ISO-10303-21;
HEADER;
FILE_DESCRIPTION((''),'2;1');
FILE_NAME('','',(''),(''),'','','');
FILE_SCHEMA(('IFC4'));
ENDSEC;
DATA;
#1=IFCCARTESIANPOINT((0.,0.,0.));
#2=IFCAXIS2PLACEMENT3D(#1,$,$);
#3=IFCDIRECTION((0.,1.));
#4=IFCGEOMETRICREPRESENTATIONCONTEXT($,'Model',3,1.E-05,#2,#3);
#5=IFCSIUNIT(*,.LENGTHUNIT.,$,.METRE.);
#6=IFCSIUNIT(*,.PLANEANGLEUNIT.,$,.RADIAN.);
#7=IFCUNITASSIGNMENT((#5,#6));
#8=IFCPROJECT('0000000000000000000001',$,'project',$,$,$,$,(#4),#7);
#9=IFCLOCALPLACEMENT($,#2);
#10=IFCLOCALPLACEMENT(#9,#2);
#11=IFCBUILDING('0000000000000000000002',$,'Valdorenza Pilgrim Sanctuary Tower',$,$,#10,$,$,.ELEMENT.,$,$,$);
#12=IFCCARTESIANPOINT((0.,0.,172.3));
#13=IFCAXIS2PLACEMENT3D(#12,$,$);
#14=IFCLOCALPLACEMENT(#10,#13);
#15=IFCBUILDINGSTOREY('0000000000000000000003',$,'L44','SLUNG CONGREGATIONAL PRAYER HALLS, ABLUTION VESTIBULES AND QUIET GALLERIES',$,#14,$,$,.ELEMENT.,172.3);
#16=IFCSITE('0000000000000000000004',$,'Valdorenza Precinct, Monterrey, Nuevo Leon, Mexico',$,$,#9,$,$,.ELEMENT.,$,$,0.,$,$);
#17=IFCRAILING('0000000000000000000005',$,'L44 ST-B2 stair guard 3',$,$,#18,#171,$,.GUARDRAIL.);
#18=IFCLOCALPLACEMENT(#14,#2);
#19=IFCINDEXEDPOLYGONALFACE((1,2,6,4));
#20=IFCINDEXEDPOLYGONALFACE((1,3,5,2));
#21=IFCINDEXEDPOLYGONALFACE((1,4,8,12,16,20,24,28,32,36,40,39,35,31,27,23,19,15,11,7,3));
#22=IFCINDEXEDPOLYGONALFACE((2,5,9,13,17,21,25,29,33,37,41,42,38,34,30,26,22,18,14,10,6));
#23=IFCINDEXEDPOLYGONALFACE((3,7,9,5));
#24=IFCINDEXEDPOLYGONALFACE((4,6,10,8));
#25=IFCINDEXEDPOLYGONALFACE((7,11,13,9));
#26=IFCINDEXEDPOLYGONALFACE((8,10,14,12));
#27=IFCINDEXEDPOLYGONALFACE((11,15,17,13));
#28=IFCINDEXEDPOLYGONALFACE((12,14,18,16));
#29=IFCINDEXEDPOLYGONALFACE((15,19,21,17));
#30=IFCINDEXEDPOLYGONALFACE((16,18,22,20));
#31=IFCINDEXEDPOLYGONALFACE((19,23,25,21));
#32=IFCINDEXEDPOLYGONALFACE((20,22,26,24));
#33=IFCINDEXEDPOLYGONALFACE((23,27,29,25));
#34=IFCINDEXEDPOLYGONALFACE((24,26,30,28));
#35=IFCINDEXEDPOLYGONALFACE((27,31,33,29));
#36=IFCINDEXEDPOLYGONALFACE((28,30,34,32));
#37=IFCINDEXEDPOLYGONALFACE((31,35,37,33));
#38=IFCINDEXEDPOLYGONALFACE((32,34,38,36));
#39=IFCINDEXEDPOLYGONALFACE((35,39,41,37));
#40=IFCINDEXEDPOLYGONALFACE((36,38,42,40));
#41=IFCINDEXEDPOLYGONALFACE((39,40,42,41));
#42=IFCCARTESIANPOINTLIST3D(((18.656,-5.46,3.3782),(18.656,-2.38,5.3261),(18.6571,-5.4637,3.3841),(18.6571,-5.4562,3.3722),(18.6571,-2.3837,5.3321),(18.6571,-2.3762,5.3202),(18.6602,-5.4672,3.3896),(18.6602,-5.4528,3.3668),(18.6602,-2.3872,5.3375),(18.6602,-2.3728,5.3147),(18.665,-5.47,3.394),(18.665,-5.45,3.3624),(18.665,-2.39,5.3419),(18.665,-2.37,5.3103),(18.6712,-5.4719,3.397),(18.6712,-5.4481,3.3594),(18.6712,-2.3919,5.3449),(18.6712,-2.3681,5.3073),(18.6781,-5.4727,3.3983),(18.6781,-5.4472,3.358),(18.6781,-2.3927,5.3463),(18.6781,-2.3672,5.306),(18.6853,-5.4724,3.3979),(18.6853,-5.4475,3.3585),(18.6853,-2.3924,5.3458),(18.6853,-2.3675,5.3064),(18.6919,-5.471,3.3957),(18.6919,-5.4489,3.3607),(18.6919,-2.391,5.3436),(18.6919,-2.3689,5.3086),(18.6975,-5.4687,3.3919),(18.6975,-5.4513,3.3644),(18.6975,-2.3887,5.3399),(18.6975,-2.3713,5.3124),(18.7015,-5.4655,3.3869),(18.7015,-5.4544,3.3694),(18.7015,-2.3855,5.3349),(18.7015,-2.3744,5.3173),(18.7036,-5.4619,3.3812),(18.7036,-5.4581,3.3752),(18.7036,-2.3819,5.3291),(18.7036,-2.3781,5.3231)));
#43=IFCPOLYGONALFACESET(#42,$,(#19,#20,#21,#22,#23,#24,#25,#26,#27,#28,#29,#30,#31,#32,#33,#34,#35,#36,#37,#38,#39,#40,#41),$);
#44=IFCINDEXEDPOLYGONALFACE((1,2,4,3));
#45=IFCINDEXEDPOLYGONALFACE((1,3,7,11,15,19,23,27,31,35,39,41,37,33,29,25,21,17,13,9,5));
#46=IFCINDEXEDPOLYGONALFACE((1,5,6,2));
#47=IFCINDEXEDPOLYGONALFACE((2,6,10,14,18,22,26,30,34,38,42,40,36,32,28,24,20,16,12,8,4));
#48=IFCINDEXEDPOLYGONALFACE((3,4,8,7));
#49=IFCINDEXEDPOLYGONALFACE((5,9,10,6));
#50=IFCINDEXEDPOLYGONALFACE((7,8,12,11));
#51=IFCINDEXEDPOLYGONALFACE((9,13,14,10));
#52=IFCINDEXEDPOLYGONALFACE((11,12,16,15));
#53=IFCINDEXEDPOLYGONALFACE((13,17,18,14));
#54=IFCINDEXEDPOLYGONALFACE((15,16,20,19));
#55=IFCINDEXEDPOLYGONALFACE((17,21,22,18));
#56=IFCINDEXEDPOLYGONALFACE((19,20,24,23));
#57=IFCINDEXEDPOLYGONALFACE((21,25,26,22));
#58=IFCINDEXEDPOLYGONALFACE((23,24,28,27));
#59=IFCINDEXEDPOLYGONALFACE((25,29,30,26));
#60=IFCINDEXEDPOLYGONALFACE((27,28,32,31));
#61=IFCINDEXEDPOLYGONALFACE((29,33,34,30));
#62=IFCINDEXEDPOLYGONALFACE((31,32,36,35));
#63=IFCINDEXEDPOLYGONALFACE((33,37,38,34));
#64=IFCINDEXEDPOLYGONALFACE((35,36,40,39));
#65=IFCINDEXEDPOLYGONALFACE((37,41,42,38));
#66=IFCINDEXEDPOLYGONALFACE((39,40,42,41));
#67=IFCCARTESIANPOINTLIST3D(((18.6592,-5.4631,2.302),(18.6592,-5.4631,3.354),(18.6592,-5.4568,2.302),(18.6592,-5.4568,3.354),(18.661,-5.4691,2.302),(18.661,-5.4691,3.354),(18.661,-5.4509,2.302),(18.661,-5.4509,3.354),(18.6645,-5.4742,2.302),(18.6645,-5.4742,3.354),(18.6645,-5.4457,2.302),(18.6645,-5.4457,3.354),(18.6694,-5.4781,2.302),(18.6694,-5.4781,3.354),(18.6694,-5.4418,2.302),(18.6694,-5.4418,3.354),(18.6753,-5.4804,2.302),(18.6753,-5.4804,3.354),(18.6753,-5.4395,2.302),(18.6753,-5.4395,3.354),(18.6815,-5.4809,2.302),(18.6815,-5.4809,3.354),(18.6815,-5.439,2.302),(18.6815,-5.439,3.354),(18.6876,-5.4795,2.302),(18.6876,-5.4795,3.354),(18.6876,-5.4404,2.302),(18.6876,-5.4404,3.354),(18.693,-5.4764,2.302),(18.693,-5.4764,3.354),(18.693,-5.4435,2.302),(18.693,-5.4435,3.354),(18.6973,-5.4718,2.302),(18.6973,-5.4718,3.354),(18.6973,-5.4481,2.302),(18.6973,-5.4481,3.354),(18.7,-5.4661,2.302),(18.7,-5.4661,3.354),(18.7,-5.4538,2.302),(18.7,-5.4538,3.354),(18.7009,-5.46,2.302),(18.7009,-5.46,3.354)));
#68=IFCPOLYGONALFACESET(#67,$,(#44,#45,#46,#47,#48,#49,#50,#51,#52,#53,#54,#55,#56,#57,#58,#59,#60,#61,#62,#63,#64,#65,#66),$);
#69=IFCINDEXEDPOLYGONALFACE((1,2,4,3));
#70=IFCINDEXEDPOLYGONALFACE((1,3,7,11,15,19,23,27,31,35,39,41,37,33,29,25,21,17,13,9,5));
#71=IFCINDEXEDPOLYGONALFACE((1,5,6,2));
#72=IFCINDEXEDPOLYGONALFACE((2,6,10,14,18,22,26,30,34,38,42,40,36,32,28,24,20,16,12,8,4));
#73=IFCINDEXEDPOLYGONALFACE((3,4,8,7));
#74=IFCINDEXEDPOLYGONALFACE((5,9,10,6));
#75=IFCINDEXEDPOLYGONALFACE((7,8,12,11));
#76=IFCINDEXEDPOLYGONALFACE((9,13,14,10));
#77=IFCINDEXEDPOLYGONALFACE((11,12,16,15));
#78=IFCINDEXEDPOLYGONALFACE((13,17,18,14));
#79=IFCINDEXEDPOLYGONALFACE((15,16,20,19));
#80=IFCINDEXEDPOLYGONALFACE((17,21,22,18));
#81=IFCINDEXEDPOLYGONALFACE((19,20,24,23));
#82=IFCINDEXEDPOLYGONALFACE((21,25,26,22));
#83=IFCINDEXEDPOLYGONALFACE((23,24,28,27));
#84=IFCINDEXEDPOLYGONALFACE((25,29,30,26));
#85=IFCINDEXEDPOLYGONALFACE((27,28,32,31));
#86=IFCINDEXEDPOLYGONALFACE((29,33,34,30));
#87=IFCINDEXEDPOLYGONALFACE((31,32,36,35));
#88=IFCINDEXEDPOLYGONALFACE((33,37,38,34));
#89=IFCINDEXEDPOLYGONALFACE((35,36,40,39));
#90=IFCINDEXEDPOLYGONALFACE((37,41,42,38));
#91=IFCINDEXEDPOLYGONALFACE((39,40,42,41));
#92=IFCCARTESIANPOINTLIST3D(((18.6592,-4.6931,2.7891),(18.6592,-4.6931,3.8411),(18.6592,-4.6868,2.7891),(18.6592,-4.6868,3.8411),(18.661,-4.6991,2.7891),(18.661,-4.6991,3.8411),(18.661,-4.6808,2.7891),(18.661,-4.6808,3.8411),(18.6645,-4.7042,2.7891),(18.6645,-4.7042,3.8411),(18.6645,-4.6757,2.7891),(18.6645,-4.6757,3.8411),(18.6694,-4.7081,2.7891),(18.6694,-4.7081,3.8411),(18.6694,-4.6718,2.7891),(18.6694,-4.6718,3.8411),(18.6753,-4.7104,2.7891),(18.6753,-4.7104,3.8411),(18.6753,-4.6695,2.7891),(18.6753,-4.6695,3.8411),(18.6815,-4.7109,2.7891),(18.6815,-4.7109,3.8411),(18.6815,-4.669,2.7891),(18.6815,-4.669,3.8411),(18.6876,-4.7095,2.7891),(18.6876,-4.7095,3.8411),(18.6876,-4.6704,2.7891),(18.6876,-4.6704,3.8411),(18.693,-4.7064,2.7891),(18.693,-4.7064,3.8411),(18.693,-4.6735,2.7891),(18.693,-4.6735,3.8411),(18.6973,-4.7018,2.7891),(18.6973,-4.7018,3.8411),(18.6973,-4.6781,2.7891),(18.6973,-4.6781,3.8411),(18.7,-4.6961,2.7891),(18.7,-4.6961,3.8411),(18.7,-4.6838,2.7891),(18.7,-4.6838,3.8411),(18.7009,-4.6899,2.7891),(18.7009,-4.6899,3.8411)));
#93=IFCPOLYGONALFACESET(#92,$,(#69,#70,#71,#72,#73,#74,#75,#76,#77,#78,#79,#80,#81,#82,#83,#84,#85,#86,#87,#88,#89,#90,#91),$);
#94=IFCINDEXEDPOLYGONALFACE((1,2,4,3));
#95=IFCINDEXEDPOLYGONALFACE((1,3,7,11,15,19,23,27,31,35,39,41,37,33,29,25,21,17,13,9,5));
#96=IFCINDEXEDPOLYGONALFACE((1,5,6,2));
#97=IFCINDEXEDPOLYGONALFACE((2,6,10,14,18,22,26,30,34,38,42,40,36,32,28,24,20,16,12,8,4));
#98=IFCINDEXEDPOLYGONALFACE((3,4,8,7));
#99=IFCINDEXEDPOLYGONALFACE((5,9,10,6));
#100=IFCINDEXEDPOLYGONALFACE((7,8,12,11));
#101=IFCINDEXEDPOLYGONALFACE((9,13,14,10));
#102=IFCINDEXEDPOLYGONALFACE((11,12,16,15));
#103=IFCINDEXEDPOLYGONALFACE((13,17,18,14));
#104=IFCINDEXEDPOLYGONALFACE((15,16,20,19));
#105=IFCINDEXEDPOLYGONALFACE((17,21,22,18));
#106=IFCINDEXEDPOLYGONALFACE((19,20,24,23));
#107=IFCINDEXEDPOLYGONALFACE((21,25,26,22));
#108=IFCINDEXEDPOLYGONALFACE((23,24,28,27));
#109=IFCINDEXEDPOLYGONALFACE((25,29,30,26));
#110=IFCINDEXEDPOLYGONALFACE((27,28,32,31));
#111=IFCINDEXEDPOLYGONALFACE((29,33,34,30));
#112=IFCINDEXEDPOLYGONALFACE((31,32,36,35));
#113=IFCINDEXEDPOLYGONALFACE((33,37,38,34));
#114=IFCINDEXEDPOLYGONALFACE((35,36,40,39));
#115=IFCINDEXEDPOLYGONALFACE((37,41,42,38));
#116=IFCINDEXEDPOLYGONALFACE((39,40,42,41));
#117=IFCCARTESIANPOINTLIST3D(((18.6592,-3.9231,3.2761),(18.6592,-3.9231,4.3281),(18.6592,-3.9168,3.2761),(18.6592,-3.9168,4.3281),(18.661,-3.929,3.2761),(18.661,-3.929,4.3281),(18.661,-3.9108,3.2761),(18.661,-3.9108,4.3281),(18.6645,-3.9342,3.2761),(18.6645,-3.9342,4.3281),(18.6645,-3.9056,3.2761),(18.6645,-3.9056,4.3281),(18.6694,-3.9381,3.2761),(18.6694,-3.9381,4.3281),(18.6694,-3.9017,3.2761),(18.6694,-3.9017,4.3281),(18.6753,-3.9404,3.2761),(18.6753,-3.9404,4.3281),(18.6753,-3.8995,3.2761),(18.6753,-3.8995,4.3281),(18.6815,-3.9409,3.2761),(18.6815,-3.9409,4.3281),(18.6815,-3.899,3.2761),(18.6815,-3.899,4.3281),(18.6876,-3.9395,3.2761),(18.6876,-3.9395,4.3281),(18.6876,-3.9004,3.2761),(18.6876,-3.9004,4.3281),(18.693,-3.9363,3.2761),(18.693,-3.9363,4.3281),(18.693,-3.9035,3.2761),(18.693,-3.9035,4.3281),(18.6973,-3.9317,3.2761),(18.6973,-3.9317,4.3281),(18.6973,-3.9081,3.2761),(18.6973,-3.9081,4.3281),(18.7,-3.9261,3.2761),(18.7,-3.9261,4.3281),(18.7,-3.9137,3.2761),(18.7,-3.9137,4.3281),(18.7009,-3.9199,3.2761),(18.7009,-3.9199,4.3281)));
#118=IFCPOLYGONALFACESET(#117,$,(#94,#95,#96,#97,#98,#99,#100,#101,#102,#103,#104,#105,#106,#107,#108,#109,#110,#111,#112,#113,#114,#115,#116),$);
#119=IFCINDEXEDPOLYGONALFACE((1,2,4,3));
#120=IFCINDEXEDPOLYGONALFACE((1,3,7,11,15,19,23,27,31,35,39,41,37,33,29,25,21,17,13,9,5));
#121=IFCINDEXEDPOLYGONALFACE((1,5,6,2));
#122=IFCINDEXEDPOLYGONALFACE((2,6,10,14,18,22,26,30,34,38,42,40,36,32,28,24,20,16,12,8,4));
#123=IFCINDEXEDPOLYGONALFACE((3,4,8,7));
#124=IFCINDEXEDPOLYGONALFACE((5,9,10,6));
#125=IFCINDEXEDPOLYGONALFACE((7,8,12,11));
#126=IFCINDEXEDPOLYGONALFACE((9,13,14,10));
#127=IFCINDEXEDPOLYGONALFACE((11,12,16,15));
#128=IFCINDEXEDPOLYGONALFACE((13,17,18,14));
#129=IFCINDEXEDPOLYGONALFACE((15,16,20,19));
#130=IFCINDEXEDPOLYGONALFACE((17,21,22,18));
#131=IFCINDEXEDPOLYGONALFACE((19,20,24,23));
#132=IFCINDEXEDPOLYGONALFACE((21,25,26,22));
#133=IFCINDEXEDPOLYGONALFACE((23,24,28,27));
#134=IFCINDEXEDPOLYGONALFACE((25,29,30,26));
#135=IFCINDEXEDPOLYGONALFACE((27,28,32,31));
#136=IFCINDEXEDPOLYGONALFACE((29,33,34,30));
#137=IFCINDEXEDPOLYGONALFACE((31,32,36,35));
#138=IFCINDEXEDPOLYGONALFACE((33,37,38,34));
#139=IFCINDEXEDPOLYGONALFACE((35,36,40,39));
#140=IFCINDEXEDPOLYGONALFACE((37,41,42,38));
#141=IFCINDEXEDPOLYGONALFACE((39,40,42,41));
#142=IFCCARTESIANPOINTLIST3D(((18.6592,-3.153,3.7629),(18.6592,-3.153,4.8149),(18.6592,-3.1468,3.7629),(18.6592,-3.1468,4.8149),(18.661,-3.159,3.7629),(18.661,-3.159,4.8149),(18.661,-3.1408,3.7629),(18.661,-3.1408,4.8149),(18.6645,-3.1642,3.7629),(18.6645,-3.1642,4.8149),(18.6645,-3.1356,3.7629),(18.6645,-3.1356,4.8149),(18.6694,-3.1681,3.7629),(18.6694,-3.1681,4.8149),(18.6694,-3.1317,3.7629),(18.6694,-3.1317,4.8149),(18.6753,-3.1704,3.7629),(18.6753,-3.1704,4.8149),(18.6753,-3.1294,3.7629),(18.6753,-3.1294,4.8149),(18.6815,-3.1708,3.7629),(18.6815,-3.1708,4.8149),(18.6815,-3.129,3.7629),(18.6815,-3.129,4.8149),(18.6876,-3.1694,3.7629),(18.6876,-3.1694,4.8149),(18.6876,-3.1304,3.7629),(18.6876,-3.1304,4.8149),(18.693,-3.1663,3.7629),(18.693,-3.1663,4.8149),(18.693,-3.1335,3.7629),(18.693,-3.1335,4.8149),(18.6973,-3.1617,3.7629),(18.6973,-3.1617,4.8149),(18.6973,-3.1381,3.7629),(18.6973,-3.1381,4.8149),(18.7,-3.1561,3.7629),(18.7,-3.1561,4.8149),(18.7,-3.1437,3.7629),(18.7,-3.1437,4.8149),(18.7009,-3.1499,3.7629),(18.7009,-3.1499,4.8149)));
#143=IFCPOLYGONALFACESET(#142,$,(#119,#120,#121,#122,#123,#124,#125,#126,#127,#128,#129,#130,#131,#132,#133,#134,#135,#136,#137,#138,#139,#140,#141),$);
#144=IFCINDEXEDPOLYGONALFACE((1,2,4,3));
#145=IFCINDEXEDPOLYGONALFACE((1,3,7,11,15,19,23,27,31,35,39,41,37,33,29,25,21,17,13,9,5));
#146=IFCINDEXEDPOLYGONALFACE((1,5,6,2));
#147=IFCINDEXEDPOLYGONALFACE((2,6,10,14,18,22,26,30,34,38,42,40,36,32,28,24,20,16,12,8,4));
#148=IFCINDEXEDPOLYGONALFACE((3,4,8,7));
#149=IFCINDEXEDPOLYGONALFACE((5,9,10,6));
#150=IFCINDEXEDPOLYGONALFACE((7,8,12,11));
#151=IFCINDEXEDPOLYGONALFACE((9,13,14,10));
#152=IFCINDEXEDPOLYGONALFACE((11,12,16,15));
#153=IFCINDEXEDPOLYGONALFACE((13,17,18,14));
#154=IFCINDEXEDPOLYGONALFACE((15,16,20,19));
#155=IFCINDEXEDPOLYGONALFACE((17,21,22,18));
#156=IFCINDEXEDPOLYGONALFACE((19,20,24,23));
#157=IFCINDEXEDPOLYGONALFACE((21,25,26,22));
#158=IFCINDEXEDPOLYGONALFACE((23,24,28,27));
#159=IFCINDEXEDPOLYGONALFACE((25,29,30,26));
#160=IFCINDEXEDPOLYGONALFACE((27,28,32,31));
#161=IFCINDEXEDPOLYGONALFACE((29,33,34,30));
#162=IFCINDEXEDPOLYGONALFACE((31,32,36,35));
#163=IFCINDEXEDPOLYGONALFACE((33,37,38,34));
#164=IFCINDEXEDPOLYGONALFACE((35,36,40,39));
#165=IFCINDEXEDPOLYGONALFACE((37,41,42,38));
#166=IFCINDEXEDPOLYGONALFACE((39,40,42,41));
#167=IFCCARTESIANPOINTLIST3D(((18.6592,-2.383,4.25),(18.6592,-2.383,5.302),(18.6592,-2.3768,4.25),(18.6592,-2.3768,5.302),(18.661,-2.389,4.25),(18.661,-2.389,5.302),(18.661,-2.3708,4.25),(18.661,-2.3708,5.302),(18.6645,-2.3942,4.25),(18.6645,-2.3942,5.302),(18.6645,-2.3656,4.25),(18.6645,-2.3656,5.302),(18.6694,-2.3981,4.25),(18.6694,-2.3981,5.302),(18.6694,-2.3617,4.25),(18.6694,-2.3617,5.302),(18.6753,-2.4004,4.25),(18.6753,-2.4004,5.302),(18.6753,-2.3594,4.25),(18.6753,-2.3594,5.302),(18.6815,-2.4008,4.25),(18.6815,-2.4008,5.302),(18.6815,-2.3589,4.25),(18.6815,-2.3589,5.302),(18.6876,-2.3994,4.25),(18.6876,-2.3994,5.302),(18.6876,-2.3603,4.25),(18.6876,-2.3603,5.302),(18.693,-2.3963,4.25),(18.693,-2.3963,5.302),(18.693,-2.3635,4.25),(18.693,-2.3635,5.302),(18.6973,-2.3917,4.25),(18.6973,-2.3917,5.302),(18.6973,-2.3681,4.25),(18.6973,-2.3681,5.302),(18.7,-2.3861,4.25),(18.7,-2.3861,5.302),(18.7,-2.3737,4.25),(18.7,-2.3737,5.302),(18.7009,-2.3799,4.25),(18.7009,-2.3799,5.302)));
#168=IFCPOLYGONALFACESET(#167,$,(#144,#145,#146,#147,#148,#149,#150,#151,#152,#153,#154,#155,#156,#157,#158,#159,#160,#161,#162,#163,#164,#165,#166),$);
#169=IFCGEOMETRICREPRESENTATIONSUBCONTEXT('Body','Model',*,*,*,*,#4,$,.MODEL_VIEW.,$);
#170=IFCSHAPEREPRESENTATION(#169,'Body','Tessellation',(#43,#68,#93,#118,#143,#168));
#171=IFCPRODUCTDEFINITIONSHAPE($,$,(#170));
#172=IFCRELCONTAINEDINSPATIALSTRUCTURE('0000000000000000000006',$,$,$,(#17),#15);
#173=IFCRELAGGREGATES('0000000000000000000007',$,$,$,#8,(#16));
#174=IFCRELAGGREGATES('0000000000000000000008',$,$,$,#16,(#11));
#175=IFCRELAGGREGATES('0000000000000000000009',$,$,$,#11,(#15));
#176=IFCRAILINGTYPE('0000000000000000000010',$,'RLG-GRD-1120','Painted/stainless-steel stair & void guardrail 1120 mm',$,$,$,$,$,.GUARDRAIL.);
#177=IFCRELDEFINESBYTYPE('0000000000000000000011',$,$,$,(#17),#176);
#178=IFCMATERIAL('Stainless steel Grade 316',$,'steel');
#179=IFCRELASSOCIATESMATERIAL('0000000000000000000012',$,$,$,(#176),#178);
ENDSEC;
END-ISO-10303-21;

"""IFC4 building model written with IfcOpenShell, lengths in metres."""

from ifc_helpers import new_model, si_unit, direction, frame, origin, origin_2d, place, context, subcontext, project, spatial, circle, extrude, material, type_object, element, save


model = new_model("IFC4")

# Units and contexts
model_context = context("Model", 3, precision=1e-05, world=origin(), true_north=direction((0.0, 1.0)))
body_context = subcontext(model_context, "Body", "Model", "MODEL_VIEW")
ifc_project = project(units=[si_unit("LENGTHUNIT", "METRE"), si_unit("PLANEANGLEUNIT", "RADIAN")], contexts=[model_context])

# Site, building, storey
site_placement = place(None, origin())
site = spatial("IfcSite", under=ifc_project, at=site_placement, Name="Valdorenza Precinct, Monterrey, Nuevo Leon, Mexico", CompositionType="ELEMENT", RefElevation=0.0)
building_placement = place(site_placement, origin())
building = spatial("IfcBuilding", under=site, at=building_placement, Name="Valdorenza Pilgrim Sanctuary Tower", CompositionType="ELEMENT")
storey_placement = place(building_placement, frame((0.0, 0.0, 172.3)))
storey = spatial("IfcBuildingStorey", under=building, at=storey_placement, Name="L44", Description="SLUNG CONGREGATIONAL PRAYER HALLS, ABLUTION VESTIBULES AND QUIET GALLERIES", CompositionType="ELEMENT", Elevation=172.3)

# Railing
ifc_material_1 = material(Name="Stainless steel Grade 316", Category="steel")
railing_type_1 = type_object("IfcRailingType", Name="RLG-GRD-1120", Description="Painted/stainless-steel stair & void guardrail 1120 mm", PredefinedType="GUARDRAIL", material=ifc_material_1)
railing_1_placement = place(storey_placement, frame((18.6799, -5.46, 2.302)))
element("IfcRailing", 1, at=railing_1_placement, inside=storey, type_object=railing_type_1, Name="L44 ST-B2 stair guard 3", PredefinedType="GUARDRAIL", context=body_context, shape_type="SweptSolid", body=[
    extrude(circle(Radius=0.0239, at=origin_2d()), frame((0.0, 0.0, 1.0762), z_axis=(0.0, 0.845156, 0.53452), x_axis=(-1.0, 0.0, 0.0)), (0.0, 0.0, 1.0), 3.6443),
    extrude(circle(Radius=0.021, at=origin_2d()), origin(), (0.0, 0.0, 1.0), 1.052),
    extrude(circle(Radius=0.021, at=origin_2d()), frame((0.0, 0.77, 0.4871)), (0.0, 0.0, 1.0), 1.052),
    extrude(circle(Radius=0.021, at=origin_2d()), frame((0.0, 1.54, 0.9741)), (0.0, 0.0, 1.0), 1.052),
    extrude(circle(Radius=0.021, at=origin_2d()), frame((0.0, 2.3101, 1.4609)), (0.0, 0.0, 1.0), 1.052),
    extrude(circle(Radius=0.021, at=origin_2d()), frame((0.0, 3.0801, 1.948)), (0.0, 0.0, 1.0), 1.052),
])

save(model, "model.ifc")
